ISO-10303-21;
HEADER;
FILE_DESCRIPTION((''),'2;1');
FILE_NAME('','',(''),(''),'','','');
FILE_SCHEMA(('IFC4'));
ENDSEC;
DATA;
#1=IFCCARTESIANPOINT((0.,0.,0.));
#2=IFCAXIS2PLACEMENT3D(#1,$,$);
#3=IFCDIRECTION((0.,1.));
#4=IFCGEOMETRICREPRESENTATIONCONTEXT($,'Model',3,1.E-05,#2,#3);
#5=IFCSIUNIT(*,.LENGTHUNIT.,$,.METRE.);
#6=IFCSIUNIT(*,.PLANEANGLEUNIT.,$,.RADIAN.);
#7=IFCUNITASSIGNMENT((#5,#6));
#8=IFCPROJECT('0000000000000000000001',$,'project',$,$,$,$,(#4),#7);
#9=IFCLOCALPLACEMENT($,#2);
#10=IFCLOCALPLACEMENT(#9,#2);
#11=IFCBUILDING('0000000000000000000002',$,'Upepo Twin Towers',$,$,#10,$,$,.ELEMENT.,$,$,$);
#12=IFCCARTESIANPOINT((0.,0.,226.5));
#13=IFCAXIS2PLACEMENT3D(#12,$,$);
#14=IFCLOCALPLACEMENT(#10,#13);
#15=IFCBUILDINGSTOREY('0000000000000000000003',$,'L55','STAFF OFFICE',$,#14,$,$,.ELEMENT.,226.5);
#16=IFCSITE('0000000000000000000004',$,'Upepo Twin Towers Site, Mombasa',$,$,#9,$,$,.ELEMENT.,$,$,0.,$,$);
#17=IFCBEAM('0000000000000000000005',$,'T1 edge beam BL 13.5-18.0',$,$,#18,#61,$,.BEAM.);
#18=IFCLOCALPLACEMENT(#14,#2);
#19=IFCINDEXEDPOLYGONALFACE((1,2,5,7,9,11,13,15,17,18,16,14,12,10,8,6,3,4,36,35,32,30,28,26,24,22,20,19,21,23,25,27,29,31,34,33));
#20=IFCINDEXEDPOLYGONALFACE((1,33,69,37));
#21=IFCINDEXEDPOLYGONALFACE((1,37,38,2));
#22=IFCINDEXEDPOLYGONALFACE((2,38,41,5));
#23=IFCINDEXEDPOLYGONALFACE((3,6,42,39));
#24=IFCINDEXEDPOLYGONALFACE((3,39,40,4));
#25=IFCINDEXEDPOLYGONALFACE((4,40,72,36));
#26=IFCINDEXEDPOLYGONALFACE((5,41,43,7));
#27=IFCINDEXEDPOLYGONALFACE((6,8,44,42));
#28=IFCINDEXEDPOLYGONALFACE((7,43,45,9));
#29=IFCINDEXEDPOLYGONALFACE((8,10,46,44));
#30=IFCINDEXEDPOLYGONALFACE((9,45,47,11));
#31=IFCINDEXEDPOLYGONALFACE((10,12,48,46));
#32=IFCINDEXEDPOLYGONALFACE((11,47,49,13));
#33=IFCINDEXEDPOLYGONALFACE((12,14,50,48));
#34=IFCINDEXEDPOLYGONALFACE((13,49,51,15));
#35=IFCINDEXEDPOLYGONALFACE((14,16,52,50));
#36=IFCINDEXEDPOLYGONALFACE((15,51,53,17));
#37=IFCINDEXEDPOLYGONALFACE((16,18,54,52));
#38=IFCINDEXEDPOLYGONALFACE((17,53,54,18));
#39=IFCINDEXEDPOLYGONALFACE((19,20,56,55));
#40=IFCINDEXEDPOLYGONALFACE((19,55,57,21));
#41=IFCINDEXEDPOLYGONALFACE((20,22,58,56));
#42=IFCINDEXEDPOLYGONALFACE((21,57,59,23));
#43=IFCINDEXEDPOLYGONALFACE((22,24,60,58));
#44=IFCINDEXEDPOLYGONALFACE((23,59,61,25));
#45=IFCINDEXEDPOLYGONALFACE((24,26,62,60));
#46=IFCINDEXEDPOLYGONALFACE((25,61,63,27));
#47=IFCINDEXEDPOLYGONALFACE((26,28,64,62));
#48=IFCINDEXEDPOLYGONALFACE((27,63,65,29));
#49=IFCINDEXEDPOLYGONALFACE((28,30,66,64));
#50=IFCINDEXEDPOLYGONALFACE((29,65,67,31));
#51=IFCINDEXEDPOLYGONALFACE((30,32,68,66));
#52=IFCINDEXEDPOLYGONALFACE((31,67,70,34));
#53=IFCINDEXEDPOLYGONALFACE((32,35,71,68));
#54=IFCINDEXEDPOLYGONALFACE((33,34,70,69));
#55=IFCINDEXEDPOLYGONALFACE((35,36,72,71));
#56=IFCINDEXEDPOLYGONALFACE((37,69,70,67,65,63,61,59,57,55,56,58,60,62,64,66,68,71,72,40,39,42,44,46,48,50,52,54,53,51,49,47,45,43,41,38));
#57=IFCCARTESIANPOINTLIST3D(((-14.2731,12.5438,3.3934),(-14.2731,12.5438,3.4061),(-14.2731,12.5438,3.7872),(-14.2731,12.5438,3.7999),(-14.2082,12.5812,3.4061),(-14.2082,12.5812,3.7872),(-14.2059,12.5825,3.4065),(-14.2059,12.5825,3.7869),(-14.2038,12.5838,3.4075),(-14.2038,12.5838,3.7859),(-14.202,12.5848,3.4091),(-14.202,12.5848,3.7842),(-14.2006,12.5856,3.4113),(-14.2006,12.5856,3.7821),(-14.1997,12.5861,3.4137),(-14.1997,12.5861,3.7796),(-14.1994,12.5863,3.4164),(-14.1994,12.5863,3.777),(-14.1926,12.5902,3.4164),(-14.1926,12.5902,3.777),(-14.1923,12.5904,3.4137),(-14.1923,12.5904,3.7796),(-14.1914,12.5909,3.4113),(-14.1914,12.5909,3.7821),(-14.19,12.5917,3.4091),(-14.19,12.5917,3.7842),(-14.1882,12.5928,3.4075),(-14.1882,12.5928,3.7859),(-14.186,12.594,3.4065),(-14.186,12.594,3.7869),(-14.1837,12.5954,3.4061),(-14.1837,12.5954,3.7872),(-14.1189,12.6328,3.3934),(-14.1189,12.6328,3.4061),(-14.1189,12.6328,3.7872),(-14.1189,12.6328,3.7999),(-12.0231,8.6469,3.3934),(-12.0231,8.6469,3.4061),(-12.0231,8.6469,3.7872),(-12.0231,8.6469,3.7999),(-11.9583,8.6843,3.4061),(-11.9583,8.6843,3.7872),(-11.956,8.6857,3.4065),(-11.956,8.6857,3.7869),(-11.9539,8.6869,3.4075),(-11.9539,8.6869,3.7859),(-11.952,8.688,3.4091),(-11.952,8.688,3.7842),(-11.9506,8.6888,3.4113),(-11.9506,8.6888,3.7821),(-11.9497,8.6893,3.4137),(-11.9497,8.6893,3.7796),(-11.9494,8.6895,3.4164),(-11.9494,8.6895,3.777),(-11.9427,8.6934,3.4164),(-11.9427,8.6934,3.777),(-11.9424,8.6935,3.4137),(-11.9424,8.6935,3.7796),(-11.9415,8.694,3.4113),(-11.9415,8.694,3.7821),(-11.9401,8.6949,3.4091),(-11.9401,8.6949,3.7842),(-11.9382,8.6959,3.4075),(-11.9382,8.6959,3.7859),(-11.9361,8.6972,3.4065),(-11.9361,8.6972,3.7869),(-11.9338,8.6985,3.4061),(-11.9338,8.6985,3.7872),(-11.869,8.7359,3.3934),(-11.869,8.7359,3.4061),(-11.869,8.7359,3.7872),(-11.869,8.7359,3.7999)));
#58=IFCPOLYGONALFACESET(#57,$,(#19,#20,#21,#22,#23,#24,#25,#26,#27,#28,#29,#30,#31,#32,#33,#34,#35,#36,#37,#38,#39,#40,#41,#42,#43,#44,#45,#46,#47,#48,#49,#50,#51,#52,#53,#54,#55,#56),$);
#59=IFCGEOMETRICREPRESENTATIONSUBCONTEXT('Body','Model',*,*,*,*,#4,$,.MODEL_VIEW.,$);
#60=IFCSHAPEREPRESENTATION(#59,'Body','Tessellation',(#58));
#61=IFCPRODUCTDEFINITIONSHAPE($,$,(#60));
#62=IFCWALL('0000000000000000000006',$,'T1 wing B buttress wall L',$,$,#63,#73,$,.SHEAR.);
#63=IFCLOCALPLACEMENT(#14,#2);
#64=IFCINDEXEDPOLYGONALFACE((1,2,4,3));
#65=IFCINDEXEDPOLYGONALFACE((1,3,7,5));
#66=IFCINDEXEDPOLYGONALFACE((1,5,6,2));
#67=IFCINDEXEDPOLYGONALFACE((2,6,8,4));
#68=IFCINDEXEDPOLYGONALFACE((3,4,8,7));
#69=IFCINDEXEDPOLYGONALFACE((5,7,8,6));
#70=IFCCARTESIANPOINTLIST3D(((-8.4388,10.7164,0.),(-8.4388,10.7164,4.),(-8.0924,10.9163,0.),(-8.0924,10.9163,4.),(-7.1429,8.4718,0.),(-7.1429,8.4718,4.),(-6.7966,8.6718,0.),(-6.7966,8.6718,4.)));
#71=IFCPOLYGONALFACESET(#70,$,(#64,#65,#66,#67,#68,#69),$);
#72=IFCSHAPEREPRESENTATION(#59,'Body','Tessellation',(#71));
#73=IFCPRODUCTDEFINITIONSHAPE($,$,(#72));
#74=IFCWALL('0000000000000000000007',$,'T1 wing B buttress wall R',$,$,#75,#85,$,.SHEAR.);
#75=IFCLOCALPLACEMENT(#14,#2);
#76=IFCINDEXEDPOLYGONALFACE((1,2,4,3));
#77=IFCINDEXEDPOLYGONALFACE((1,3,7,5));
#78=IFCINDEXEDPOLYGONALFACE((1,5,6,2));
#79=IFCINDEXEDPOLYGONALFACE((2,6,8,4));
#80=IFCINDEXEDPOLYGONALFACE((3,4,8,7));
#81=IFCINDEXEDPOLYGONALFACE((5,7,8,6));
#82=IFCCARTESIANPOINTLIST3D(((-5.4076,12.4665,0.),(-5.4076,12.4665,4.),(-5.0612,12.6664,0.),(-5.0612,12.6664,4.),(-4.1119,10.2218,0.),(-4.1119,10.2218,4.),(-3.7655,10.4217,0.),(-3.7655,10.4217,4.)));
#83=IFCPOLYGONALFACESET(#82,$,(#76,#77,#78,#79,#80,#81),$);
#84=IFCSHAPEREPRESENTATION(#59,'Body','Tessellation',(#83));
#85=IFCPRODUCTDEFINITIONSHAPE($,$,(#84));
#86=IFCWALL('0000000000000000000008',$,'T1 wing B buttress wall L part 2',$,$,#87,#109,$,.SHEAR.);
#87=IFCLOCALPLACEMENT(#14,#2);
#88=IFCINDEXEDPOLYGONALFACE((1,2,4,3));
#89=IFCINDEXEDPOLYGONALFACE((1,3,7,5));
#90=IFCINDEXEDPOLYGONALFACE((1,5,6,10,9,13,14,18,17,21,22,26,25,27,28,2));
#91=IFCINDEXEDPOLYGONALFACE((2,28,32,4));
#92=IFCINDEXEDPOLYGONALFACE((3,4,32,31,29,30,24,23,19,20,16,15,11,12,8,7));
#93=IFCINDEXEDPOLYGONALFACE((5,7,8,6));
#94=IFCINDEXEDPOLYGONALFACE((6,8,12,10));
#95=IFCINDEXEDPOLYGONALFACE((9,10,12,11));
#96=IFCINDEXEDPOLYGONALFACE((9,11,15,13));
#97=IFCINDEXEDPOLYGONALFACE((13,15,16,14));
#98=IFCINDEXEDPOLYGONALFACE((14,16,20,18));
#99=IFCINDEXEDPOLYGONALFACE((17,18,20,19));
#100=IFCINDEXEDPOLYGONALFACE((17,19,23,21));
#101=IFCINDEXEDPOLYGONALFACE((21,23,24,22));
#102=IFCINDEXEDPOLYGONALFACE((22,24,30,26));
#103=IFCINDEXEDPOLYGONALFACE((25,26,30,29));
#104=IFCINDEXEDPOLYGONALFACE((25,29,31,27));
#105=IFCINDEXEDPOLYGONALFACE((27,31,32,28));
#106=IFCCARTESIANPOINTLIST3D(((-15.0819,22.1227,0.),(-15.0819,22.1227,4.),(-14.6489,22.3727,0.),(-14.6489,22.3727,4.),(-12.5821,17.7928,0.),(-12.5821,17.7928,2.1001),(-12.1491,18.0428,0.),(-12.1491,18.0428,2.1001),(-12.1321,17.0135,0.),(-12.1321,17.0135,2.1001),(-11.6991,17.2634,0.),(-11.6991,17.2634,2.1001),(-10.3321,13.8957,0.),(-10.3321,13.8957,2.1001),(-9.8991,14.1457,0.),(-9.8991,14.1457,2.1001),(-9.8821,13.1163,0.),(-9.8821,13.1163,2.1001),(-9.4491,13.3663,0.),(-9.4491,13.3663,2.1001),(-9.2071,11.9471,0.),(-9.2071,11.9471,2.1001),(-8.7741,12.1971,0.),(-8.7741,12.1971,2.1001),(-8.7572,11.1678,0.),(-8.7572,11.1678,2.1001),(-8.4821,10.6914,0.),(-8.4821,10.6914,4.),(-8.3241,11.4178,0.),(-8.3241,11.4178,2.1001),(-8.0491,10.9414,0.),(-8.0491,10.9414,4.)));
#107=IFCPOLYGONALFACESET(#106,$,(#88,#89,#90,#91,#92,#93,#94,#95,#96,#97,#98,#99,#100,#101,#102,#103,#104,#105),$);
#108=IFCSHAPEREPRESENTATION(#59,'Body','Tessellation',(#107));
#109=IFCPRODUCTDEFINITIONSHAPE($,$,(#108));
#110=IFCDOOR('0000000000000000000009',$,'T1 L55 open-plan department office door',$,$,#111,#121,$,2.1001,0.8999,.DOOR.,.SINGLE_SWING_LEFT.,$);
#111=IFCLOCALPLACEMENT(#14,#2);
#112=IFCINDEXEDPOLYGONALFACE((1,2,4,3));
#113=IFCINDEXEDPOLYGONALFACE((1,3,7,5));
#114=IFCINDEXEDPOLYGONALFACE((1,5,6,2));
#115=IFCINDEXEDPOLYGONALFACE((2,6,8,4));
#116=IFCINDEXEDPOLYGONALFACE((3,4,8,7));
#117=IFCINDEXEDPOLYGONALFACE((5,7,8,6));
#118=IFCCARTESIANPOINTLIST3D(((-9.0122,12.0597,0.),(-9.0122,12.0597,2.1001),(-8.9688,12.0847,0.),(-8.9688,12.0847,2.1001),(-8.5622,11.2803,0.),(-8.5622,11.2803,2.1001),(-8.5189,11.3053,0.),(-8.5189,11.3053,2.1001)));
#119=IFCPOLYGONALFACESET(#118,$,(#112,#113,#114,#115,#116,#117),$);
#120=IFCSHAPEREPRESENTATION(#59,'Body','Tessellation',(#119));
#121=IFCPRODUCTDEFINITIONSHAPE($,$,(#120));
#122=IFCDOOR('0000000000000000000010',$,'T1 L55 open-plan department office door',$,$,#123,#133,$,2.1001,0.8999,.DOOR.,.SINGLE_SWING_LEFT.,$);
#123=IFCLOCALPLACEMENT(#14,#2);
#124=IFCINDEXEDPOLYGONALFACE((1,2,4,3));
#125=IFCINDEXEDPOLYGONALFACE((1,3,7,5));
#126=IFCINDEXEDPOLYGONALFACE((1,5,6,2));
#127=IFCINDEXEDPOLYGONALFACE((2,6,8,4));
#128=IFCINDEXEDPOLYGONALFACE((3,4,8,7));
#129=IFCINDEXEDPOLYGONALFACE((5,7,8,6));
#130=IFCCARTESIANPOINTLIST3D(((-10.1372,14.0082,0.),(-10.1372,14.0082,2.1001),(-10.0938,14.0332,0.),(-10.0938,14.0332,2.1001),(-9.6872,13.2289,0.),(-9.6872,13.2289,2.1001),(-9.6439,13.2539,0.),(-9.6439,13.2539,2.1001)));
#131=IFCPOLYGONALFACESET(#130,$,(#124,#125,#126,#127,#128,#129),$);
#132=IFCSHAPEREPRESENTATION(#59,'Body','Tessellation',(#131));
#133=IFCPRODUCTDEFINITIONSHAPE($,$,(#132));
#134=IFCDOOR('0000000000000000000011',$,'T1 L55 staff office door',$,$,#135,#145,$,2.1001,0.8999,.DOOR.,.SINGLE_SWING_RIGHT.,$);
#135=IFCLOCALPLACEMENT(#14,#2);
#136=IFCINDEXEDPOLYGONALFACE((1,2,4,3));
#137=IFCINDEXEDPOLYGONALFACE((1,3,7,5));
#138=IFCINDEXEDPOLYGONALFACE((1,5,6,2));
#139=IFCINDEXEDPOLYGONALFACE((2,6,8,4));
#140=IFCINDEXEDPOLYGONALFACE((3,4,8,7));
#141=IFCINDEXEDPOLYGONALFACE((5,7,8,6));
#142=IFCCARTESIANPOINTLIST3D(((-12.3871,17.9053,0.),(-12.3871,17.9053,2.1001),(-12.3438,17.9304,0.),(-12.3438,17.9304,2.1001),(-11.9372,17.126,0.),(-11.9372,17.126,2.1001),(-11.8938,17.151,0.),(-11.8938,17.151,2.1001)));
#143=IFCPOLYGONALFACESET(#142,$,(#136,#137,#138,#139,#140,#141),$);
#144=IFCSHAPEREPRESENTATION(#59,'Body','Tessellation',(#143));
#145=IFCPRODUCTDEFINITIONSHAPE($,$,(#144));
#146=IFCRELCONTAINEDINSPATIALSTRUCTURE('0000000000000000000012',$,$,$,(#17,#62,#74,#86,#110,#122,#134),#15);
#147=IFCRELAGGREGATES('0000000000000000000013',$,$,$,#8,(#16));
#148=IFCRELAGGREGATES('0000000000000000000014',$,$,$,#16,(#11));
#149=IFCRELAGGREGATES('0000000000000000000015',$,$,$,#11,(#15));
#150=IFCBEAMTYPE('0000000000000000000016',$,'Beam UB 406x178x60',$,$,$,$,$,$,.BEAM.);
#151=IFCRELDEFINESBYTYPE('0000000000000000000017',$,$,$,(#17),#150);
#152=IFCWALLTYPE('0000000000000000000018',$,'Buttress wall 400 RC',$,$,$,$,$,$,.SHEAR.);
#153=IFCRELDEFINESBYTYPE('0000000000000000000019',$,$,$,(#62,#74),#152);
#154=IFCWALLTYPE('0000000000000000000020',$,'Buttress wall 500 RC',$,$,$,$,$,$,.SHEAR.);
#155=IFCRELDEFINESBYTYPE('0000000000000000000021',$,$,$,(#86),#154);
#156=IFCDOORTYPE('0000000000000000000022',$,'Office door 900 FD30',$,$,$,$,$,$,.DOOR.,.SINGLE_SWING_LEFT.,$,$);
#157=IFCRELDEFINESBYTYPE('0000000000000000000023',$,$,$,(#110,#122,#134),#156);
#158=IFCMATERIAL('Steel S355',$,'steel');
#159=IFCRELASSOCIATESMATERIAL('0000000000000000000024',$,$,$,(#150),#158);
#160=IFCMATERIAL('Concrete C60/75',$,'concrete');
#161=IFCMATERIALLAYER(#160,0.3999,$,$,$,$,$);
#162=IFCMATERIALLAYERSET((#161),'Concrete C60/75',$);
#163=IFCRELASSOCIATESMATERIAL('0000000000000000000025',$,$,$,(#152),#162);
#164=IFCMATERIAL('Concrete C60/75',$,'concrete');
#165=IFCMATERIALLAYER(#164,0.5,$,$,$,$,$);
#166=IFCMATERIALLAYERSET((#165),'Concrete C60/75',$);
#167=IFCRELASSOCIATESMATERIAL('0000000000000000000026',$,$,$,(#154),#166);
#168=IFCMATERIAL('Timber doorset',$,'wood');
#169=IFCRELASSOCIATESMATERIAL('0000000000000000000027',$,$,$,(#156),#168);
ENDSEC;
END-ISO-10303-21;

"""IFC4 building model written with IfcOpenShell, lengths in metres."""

from ifc_helpers import new_model, si_unit, direction, frame, frame_2d, origin, origin_2d, place, context, subcontext, project, spatial, rectangle, i_section, extrude, material, layer, layer_set, material_profile, profile_set, type_object, element, fill, save


model = new_model("IFC4")

# Units and contexts
model_context = context("Model", 3, precision=1e-05, world=origin(), true_north=direction((0.0, 1.0)))
body_context = subcontext(model_context, "Body", "Model", "MODEL_VIEW")
ifc_project = project(units=[si_unit("LENGTHUNIT", "METRE"), si_unit("PLANEANGLEUNIT", "RADIAN")], contexts=[model_context])

# Site, building, storey
site_placement = place(None, origin())
site = spatial("IfcSite", under=ifc_project, at=site_placement, Name="Upepo Twin Towers Site, Mombasa", CompositionType="ELEMENT", RefElevation=0.0)
building_placement = place(site_placement, origin())
building = spatial("IfcBuilding", under=site, at=building_placement, Name="Upepo Twin Towers", CompositionType="ELEMENT")
storey_placement = place(building_placement, frame((0.0, 0.0, 226.5)))
storey = spatial("IfcBuildingStorey", under=building, at=storey_placement, Name="L55", Description="STAFF OFFICE", CompositionType="ELEMENT", Elevation=226.5)

# Beam
ifc_material_1 = material(Name="Steel S355", Category="steel")
ifc_material_profile = material_profile(ifc_material_1, i_section(OverallWidth=0.178, OverallDepth=0.4065, WebThickness=0.0078, FlangeThickness=0.0127, FilletRadius=0.0103, at=origin_2d()), Name="UB 406x178x60")
ifc_profile_set = profile_set([ifc_material_profile], Name="Steel S355")
beam_type = type_object("IfcBeamType", Name="Beam UB 406x178x60", PredefinedType="BEAM", material=ifc_profile_set)
beam_placement = place(storey_placement, frame((-11.946, 8.6914, 3.5967), z_axis=(-0.500014, 0.866018, 0.0), x_axis=(-0.866018, -0.500014, 0.0)))
element("IfcBeam", 1, at=beam_placement, inside=storey, type_object=beam_type, Name="T1 edge beam BL 13.5-18.0", PredefinedType="BEAM", context=body_context, shape_type="SweptSolid", body=[
    extrude(i_section(OverallWidth=0.178, OverallDepth=0.4065, WebThickness=0.0078, FlangeThickness=0.0127, FilletRadius=0.0103, at=origin_2d()), origin(), (0.0, 0.0, 1.0), 4.4998),
])

# Walls
ifc_material_2 = material(Name="Concrete C60/75", Category="concrete")
ifc_layer_1 = layer(ifc_material_2, 0.3999)
ifc_layer_set_1 = layer_set([ifc_layer_1], Name="Concrete C60/75")
wall_type_1 = type_object("IfcWallType", Name="Buttress wall 400 RC", PredefinedType="SHEAR", material=ifc_layer_set_1)
for number, where, z_axis, x_axis, name in (
    (2, (-6.9697, 8.5718, 0.0), (0.0, 0.0, 1.0), (-0.499989, 0.866032, 0.0), "T1 wing B buttress wall L"),
    (3, (-3.9387, 10.3218, 0.0), (0.0, 0.0, 1.0), (-0.499918, 0.866073, 0.0), "T1 wing B buttress wall R"),
):
    element("IfcWall", number, at=place(storey_placement, frame(where, z_axis=z_axis, x_axis=x_axis)), inside=storey, type_object=wall_type_1, Name=name, PredefinedType="SHEAR", context=body_context, shape_type="SweptSolid", body=[
        extrude(rectangle(XDim=2.5918, YDim=0.3999, at=frame_2d((1.2959, 0.0))), origin(), (0.0, 0.0, 1.0), 4.0),
    ])

# Wall, openings, doors
ifc_material_3 = material(Name="Concrete C60/75", Category="concrete")
ifc_layer_2 = layer(ifc_material_3, 0.5)
ifc_layer_set_2 = layer_set([ifc_layer_2], Name="Concrete C60/75")
wall_type_2 = type_object("IfcWallType", Name="Buttress wall 500 RC", PredefinedType="SHEAR", material=ifc_layer_set_2)
wall_1_placement = place(storey_placement, frame((-8.2656, 10.8164, 0.0), z_axis=(0.0, 0.0, 1.0), x_axis=(-0.499996, 0.866028, 0.0)))
wall_1 = element("IfcWall", 4, at=wall_1_placement, inside=storey, type_object=wall_type_2, Name="T1 wing B buttress wall L part 2", PredefinedType="SHEAR", context=body_context, shape_type="SweptSolid", body=[
    extrude(rectangle(XDim=13.1997, YDim=0.5, at=frame_2d((6.5999, 0.0))), origin(), (0.0, 0.0, 1.0), 4.0),
])
opening_1_placement = place(wall_1_placement, frame((0.55, 0.0, 0.0)))
opening_1 = element("IfcOpeningElement", 5, at=opening_1_placement, cuts=wall_1, PredefinedType="OPENING", context=body_context, shape_type="SweptSolid", body=[
    extrude(rectangle(XDim=0.8999, YDim=2.1001, at=frame_2d((0.45, 1.05))), frame((0.0, 0.26, 0.0), z_axis=(0.0, -1.0, 0.0), x_axis=(1.0, 0.0, 0.0)), (0.0, 0.0, 1.0), 0.52),
])
opening_2_placement = place(wall_1_placement, frame((2.8, 0.0, 0.0)))
opening_2 = element("IfcOpeningElement", 6, at=opening_2_placement, cuts=wall_1, PredefinedType="OPENING", context=body_context, shape_type="SweptSolid", body=[
    extrude(rectangle(XDim=0.8999, YDim=2.1001, at=frame_2d((0.45, 1.05))), frame((0.0, 0.26, 0.0), z_axis=(0.0, -1.0, 0.0), x_axis=(1.0, 0.0, 0.0)), (0.0, 0.0, 1.0), 0.52),
])
opening_3_placement = place(wall_1_placement, frame((7.3, 0.0, 0.0)))
opening_3 = element("IfcOpeningElement", 7, at=opening_3_placement, cuts=wall_1, PredefinedType="OPENING", context=body_context, shape_type="SweptSolid", body=[
    extrude(rectangle(XDim=0.8999, YDim=2.1001, at=frame_2d((0.45, 1.05))), frame((0.0, 0.26, 0.0), z_axis=(0.0, -1.0, 0.0), x_axis=(1.0, 0.0, 0.0)), (0.0, 0.0, 1.0), 0.52),
])
ifc_material_4 = material(Name="Timber doorset", Category="wood")
door_type_1 = type_object("IfcDoorType", Name="Office door 900 FD30", OperationType="SINGLE_SWING_LEFT", PredefinedType="DOOR", material=ifc_material_4)
door_1_placement = place(opening_1_placement, origin())
door_1 = element("IfcDoor", 8, at=door_1_placement, inside=storey, type_object=door_type_1, Name="T1 L55 open-plan department office door", OperationType="SINGLE_SWING_LEFT", OverallHeight=2.1001, OverallWidth=0.8999, PredefinedType="DOOR", context=body_context, shape_type="SweptSolid", body=[
    extrude(rectangle(XDim=0.8999, YDim=2.1001, at=frame_2d((0.45, 1.05))), frame((0.0, 0.0249, 0.0), z_axis=(0.0, -1.0, 0.0), x_axis=(1.0, 0.0, 0.0)), (0.0, 0.0, 1.0), 0.05),
])
fill(opening_1, door_1)
door_2_placement = place(opening_2_placement, origin())
door_2 = element("IfcDoor", 9, at=door_2_placement, inside=storey, type_object=door_type_1, Name="T1 L55 open-plan department office door", OperationType="SINGLE_SWING_LEFT", OverallHeight=2.1001, OverallWidth=0.8999, PredefinedType="DOOR", context=body_context, shape_type="SweptSolid", body=[
    extrude(rectangle(XDim=0.8999, YDim=2.1001, at=frame_2d((0.45, 1.05))), frame((0.0, 0.0249, 0.0), z_axis=(0.0, -1.0, 0.0), x_axis=(1.0, 0.0, 0.0)), (0.0, 0.0, 1.0), 0.05),
])
fill(opening_2, door_2)
door_3_placement = place(opening_3_placement, origin())
door_3 = element("IfcDoor", 10, at=door_3_placement, inside=storey, type_object=door_type_1, Name="T1 L55 staff office door", OperationType="SINGLE_SWING_RIGHT", OverallHeight=2.1001, OverallWidth=0.8999, PredefinedType="DOOR", context=body_context, shape_type="SweptSolid", body=[
    extrude(rectangle(XDim=0.8999, YDim=2.1001, at=frame_2d((0.45, 1.05))), frame((0.0, 0.0249, 0.0), z_axis=(0.0, -1.0, 0.0), x_axis=(1.0, 0.0, 0.0)), (0.0, 0.0, 1.0), 0.05),
])
fill(opening_3, door_3)

save(model, "model.ifc")
